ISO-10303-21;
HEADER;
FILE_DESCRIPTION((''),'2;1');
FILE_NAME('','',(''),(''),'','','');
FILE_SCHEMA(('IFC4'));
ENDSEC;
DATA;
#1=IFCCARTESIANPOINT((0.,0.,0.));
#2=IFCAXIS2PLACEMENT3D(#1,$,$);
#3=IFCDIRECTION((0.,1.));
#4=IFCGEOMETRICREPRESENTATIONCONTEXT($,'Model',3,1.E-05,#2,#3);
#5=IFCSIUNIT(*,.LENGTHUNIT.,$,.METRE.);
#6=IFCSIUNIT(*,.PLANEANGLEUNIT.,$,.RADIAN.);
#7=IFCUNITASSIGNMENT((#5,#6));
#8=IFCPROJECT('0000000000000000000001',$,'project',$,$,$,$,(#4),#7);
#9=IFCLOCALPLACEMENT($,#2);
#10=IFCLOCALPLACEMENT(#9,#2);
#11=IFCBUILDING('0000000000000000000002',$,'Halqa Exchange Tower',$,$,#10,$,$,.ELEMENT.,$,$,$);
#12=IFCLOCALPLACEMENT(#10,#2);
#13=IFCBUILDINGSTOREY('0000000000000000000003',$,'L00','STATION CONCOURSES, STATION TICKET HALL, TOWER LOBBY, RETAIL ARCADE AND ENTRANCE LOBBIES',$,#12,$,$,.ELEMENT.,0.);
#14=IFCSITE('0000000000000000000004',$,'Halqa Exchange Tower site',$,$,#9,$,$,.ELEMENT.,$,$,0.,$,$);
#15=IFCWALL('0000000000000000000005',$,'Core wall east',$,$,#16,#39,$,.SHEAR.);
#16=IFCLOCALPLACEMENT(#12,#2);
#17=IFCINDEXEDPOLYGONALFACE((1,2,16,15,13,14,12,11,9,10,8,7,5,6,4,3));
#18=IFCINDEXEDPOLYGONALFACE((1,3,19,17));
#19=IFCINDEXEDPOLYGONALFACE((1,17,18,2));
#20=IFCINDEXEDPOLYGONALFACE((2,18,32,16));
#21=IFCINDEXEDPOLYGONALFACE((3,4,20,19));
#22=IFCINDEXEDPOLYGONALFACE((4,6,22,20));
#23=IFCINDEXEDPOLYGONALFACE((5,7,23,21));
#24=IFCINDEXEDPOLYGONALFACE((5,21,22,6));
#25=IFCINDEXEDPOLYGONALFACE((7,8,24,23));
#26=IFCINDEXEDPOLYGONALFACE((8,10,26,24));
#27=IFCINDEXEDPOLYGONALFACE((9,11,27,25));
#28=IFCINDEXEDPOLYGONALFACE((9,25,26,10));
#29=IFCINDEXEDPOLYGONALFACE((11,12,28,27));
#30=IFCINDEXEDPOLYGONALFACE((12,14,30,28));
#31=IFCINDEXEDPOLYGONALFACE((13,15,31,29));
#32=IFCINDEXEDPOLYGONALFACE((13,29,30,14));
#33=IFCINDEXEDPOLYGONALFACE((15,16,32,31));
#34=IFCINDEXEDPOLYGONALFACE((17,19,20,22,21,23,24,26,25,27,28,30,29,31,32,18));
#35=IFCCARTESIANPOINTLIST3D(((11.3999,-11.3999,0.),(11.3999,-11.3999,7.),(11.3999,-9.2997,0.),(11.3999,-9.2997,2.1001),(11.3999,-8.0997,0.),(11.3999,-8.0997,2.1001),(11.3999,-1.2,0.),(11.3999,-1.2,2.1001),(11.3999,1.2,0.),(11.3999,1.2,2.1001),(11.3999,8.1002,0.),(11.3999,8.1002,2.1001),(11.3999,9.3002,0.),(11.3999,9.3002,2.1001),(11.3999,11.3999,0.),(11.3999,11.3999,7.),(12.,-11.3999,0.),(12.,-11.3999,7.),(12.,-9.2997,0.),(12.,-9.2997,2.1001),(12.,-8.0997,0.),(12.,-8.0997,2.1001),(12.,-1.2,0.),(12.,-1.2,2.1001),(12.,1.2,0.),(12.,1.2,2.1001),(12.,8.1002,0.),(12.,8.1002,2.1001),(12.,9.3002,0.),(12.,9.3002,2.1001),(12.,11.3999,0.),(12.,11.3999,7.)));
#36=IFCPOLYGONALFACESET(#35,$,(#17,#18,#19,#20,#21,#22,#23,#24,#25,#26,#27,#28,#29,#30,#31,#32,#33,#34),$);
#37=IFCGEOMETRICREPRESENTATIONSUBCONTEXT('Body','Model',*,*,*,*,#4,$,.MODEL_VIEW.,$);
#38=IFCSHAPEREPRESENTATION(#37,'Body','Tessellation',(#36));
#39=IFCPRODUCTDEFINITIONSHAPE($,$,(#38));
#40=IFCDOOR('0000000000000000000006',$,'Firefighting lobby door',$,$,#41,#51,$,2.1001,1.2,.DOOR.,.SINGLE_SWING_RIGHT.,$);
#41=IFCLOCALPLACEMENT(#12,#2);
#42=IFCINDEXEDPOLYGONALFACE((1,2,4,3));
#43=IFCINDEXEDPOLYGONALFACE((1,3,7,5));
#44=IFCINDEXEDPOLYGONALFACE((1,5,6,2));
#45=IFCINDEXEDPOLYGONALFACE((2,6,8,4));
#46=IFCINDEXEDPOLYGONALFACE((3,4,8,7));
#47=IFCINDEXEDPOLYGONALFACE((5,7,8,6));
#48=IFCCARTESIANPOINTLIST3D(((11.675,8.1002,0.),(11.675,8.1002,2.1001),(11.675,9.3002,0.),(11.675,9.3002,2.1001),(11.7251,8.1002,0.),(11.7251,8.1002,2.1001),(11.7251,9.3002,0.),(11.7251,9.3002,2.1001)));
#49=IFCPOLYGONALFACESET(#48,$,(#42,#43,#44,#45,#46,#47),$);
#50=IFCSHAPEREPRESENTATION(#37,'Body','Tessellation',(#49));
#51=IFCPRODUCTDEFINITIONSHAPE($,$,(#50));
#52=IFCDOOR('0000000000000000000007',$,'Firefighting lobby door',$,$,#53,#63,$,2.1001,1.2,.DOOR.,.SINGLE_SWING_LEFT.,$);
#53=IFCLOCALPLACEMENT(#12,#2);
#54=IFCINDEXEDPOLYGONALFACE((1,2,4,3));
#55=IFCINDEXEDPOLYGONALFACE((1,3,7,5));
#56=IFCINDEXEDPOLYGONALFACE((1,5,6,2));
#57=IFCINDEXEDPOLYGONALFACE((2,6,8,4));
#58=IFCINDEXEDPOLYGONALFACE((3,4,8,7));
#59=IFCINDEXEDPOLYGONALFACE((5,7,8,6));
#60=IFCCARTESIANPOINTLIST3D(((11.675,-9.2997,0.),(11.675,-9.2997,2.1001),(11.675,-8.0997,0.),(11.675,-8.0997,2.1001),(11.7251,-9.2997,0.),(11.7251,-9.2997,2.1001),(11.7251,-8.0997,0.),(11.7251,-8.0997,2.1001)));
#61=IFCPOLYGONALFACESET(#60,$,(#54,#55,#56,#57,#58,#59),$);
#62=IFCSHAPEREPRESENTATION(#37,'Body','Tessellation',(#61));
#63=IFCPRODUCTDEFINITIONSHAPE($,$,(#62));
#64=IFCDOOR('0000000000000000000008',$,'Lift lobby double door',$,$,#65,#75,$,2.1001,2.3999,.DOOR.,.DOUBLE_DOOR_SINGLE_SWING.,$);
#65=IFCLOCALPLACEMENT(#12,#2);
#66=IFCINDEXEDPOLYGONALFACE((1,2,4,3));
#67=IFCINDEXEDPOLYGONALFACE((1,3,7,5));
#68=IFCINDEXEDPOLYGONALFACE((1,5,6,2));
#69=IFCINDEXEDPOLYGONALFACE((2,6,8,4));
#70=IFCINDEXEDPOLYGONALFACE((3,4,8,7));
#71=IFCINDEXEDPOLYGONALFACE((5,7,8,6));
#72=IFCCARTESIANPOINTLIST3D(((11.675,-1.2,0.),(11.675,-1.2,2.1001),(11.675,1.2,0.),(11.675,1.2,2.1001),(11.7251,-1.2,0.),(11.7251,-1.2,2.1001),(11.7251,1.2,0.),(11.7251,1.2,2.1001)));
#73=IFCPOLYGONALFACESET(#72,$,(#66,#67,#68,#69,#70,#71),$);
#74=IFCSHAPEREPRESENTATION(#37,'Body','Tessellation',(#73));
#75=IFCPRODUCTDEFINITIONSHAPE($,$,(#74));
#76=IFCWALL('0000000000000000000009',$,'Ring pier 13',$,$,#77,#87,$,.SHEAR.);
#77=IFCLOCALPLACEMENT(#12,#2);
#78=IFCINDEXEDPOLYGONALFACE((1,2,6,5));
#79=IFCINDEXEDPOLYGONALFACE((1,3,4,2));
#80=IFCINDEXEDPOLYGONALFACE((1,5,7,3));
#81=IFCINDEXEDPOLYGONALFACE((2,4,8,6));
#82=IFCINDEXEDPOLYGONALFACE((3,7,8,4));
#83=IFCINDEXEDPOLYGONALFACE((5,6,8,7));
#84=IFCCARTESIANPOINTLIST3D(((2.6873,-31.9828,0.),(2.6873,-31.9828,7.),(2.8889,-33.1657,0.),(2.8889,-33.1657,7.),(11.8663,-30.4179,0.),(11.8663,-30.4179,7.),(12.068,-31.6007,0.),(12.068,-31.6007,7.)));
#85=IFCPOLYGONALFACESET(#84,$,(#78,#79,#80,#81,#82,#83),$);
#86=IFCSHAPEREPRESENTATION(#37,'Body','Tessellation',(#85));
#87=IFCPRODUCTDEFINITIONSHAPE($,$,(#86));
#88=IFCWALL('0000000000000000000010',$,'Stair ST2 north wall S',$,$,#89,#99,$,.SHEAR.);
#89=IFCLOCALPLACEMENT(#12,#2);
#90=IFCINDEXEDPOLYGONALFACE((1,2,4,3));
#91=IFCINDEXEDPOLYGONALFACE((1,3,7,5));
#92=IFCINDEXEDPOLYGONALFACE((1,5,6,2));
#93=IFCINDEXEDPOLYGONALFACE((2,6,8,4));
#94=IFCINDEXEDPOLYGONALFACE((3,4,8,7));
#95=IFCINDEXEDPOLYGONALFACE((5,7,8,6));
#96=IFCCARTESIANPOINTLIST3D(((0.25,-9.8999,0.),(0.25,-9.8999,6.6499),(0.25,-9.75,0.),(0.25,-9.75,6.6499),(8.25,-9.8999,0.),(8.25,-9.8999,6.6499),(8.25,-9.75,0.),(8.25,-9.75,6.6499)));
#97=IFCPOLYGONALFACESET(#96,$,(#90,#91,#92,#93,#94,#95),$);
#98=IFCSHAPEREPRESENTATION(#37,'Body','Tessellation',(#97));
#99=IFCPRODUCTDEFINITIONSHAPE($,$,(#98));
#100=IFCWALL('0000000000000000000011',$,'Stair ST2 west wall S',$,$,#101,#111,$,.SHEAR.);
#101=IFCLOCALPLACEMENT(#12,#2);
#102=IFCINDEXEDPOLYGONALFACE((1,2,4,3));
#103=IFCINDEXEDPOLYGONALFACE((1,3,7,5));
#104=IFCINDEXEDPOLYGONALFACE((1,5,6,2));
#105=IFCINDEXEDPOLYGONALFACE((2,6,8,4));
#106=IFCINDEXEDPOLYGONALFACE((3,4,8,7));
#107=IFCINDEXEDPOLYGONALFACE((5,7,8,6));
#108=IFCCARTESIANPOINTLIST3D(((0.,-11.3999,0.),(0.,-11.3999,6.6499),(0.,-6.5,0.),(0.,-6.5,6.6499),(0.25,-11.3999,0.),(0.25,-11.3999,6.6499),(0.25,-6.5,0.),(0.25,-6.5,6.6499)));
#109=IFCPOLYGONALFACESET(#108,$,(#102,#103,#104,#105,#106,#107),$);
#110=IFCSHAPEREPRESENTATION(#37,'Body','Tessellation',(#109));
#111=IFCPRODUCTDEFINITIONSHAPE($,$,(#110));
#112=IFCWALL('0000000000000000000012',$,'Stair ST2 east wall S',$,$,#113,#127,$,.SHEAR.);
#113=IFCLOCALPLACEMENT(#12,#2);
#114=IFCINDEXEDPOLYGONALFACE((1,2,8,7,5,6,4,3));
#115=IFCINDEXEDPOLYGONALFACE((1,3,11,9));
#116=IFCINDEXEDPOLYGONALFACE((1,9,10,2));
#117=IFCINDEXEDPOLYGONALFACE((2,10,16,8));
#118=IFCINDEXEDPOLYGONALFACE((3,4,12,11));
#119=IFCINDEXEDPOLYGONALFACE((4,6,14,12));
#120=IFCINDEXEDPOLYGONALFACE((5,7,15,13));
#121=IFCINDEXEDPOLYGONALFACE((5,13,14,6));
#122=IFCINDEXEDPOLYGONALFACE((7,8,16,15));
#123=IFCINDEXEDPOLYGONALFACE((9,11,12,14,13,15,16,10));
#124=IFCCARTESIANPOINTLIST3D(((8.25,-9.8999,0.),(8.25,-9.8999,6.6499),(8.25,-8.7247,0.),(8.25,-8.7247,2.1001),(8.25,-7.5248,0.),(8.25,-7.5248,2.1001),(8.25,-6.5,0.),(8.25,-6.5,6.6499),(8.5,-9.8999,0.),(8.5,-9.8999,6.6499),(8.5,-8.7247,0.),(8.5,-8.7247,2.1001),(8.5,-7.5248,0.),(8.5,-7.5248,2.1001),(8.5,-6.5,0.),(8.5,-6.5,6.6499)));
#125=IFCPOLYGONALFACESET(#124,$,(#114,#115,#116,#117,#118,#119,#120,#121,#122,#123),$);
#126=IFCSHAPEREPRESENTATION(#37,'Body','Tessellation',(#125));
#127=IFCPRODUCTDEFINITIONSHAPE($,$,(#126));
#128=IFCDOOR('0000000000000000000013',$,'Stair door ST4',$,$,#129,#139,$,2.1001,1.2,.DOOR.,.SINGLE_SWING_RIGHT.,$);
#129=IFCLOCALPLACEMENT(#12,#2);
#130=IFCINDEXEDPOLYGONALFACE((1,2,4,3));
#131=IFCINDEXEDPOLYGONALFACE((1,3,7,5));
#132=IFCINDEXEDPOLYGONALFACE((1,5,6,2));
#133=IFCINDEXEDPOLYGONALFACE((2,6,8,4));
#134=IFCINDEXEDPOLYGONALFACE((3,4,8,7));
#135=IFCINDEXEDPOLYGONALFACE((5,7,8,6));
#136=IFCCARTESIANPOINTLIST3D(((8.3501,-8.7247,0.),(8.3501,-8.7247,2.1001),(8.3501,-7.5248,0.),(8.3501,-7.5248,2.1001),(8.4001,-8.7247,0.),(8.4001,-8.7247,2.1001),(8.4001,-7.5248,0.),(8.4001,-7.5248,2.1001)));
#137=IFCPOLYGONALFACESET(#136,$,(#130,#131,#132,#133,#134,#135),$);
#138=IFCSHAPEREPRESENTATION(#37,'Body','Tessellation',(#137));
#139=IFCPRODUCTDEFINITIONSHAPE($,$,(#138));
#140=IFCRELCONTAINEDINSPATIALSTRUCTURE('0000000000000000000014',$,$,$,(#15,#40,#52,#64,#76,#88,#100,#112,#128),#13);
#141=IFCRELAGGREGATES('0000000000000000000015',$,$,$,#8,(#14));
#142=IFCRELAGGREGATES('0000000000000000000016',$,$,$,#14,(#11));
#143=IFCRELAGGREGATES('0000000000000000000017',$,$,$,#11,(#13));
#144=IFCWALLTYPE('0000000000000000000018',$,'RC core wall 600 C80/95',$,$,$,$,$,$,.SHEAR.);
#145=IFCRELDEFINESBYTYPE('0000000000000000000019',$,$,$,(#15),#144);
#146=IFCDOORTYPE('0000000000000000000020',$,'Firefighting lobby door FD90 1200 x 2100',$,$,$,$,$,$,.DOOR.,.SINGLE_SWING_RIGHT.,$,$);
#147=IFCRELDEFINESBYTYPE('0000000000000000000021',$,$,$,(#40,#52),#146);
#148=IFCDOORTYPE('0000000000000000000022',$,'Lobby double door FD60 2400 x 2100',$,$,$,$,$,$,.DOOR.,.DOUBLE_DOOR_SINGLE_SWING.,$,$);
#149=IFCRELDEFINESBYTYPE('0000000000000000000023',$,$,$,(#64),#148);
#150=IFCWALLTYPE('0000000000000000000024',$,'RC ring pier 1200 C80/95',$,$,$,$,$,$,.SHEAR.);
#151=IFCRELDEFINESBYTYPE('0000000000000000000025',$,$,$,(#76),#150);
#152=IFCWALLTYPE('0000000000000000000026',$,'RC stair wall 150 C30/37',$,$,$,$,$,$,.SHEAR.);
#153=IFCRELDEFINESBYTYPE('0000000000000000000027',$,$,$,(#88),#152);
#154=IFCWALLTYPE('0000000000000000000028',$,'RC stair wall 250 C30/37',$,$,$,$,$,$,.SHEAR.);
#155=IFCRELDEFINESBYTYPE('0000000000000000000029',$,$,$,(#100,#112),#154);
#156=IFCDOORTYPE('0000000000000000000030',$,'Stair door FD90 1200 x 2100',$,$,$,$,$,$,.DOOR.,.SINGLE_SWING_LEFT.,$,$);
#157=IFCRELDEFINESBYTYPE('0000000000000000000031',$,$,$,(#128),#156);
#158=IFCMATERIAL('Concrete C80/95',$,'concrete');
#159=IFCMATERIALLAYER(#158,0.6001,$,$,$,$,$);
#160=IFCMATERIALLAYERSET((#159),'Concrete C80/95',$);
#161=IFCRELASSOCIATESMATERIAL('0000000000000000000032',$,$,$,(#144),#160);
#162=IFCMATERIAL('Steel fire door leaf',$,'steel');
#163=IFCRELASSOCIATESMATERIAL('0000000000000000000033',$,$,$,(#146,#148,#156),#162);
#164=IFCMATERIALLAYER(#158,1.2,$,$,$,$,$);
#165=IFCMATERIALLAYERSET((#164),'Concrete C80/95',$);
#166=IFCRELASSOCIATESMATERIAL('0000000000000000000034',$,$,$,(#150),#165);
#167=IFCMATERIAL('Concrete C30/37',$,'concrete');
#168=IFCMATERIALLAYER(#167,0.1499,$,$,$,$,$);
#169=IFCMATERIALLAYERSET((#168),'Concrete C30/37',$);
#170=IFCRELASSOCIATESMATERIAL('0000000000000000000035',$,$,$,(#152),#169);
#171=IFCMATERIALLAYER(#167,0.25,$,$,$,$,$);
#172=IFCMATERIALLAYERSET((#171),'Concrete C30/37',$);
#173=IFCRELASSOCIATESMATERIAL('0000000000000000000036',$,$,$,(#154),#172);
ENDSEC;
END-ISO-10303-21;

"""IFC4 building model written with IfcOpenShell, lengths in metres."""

from ifc_helpers import new_model, si_unit, direction, frame, frame_2d, origin, place, context, subcontext, project, spatial, rectangle, extrude, material, layer, layer_set, type_object, element, fill, save


model = new_model("IFC4")

# Units and contexts
model_context = context("Model", 3, precision=1e-05, world=origin(), true_north=direction((0.0, 1.0)))
body_context = subcontext(model_context, "Body", "Model", "MODEL_VIEW")
ifc_project = project(units=[si_unit("LENGTHUNIT", "METRE"), si_unit("PLANEANGLEUNIT", "RADIAN")], contexts=[model_context])

# Site, building, storey
site_placement = place(None, origin())
site = spatial("IfcSite", under=ifc_project, at=site_placement, Name="Halqa Exchange Tower site", CompositionType="ELEMENT", RefElevation=0.0)
building_placement = place(site_placement, origin())
building = spatial("IfcBuilding", under=site, at=building_placement, Name="Halqa Exchange Tower", CompositionType="ELEMENT")
storey_placement = place(building_placement, origin())
storey = spatial("IfcBuildingStorey", under=building, at=storey_placement, Name="L00", Description="STATION CONCOURSES, STATION TICKET HALL, TOWER LOBBY, RETAIL ARCADE AND ENTRANCE LOBBIES", CompositionType="ELEMENT", Elevation=0.0)

# Shared definitions
ifc_material_1 = material(Name="Steel fire door leaf", Category="steel")

# Wall, openings, doors
ifc_material_2 = material(Name="Concrete C80/95", Category="concrete")
ifc_layer_1 = layer(ifc_material_2, 0.6001)
ifc_layer_set_1 = layer_set([ifc_layer_1], Name="Concrete C80/95")
wall_type_1 = type_object("IfcWallType", Name="RC core wall 600 C80/95", PredefinedType="SHEAR", material=ifc_layer_set_1)
wall_1_placement = place(storey_placement, frame((11.7, -11.3999, 0.0), z_axis=(0.0, 0.0, 1.0), x_axis=(0.0, 1.0, 0.0)))
wall_1 = element("IfcWall", 1, at=wall_1_placement, inside=storey, type_object=wall_type_1, Name="Core wall east", PredefinedType="SHEAR", context=body_context, shape_type="SweptSolid", body=[
    extrude(rectangle(XDim=22.7998, YDim=0.6001, at=frame_2d((11.3999, 0.0))), origin(), (0.0, 0.0, 1.0), 7.0),
])
opening_1_placement = place(wall_1_placement, frame((10.2, 0.0, 0.0)))
opening_1 = element("IfcOpeningElement", 2, at=opening_1_placement, cuts=wall_1, PredefinedType="OPENING", context=body_context, shape_type="SweptSolid", body=[
    extrude(rectangle(XDim=2.3999, YDim=2.1001, at=frame_2d((1.2, 1.05))), frame((0.0, 0.312, 0.0), z_axis=(0.0, -1.0, 0.0), x_axis=(1.0, 0.0, 0.0)), (0.0, 0.0, 1.0), 0.624),
])
opening_2_placement = place(wall_1_placement, frame((19.5, 0.0, 0.0)))
opening_2 = element("IfcOpeningElement", 3, at=opening_2_placement, cuts=wall_1, PredefinedType="OPENING", context=body_context, shape_type="SweptSolid", body=[
    extrude(rectangle(XDim=1.2, YDim=2.1001, at=frame_2d((0.6001, 1.05))), frame((0.0, 0.312, 0.0), z_axis=(0.0, -1.0, 0.0), x_axis=(1.0, 0.0, 0.0)), (0.0, 0.0, 1.0), 0.624),
])
opening_3_placement = place(wall_1_placement, frame((2.1001, 0.0, 0.0)))
opening_3 = element("IfcOpeningElement", 4, at=opening_3_placement, cuts=wall_1, PredefinedType="OPENING", context=body_context, shape_type="SweptSolid", body=[
    extrude(rectangle(XDim=1.2, YDim=2.1001, at=frame_2d((0.6001, 1.05))), frame((0.0, 0.312, 0.0), z_axis=(0.0, -1.0, 0.0), x_axis=(1.0, 0.0, 0.0)), (0.0, 0.0, 1.0), 0.624),
])
door_type_1 = type_object("IfcDoorType", Name="Firefighting lobby door FD90 1200 x 2100", OperationType="SINGLE_SWING_RIGHT", PredefinedType="DOOR", material=ifc_material_1)
door_1_placement = place(opening_2_placement, origin())
door_1 = element("IfcDoor", 5, at=door_1_placement, inside=storey, type_object=door_type_1, Name="Firefighting lobby door", OperationType="SINGLE_SWING_RIGHT", OverallHeight=2.1001, OverallWidth=1.2, PredefinedType="DOOR", context=body_context, shape_type="SweptSolid", body=[
    extrude(rectangle(XDim=1.2, YDim=2.1001, at=frame_2d((0.6001, 1.05))), frame((0.0, 0.0249, 0.0), z_axis=(0.0, -1.0, 0.0), x_axis=(1.0, 0.0, 0.0)), (0.0, 0.0, 1.0), 0.05),
])
fill(opening_2, door_1)
door_2_placement = place(opening_3_placement, origin())
door_2 = element("IfcDoor", 6, at=door_2_placement, inside=storey, type_object=door_type_1, Name="Firefighting lobby door", OperationType="SINGLE_SWING_LEFT", OverallHeight=2.1001, OverallWidth=1.2, PredefinedType="DOOR", context=body_context, shape_type="SweptSolid", body=[
    extrude(rectangle(XDim=1.2, YDim=2.1001, at=frame_2d((0.6001, 1.05))), frame((0.0, 0.0249, 0.0), z_axis=(0.0, -1.0, 0.0), x_axis=(1.0, 0.0, 0.0)), (0.0, 0.0, 1.0), 0.05),
])
fill(opening_3, door_2)
door_type_2 = type_object("IfcDoorType", Name="Lobby double door FD60 2400 x 2100", OperationType="DOUBLE_DOOR_SINGLE_SWING", PredefinedType="DOOR", material=ifc_material_1)
door_3_placement = place(opening_1_placement, origin())
door_3 = element("IfcDoor", 7, at=door_3_placement, inside=storey, type_object=door_type_2, Name="Lift lobby double door", OperationType="DOUBLE_DOOR_SINGLE_SWING", OverallHeight=2.1001, OverallWidth=2.3999, PredefinedType="DOOR", context=body_context, shape_type="SweptSolid", body=[
    extrude(rectangle(XDim=2.3999, YDim=2.1001, at=frame_2d((1.2, 1.05))), frame((0.0, 0.0249, 0.0), z_axis=(0.0, -1.0, 0.0), x_axis=(1.0, 0.0, 0.0)), (0.0, 0.0, 1.0), 0.05),
])
fill(opening_1, door_3)

# Walls
ifc_layer_2 = layer(ifc_material_2, 1.2)
ifc_layer_set_2 = layer_set([ifc_layer_2], Name="Concrete C80/95")
wall_type_2 = type_object("IfcWallType", Name="RC ring pier 1200 C80/95", PredefinedType="SHEAR", material=ifc_layer_set_2)
wall_2_placement = place(storey_placement, frame((2.7881, -32.5742, 0.0), z_axis=(0.0, 0.0, 1.0), x_axis=(0.985776, 0.168063, 0.0)))
element("IfcWall", 8, at=wall_2_placement, inside=storey, type_object=wall_type_2, Name="Ring pier 13", PredefinedType="SHEAR", context=body_context, shape_type="SweptSolid", body=[
    extrude(rectangle(XDim=9.3115, YDim=1.2, at=frame_2d((4.6558, 0.0))), origin(), (0.0, 0.0, 1.0), 7.0),
])
ifc_material_3 = material(Name="Concrete C30/37", Category="concrete")
ifc_layer_3 = layer(ifc_material_3, 0.1499)
ifc_layer_set_3 = layer_set([ifc_layer_3], Name="Concrete C30/37")
wall_type_3 = type_object("IfcWallType", Name="RC stair wall 150 C30/37", PredefinedType="SHEAR", material=ifc_layer_set_3)
wall_3_placement = place(storey_placement, frame((0.25, -9.825, 0.0), z_axis=(0.0, 0.0, 1.0), x_axis=(1.0, 0.0, 0.0)))
element("IfcWall", 9, at=wall_3_placement, inside=storey, type_object=wall_type_3, Name="Stair ST2 north wall S", PredefinedType="SHEAR", context=body_context, shape_type="SweptSolid", body=[
    extrude(rectangle(XDim=8.0, YDim=0.1499, at=frame_2d((4.0, 0.0))), origin(), (0.0, 0.0, 1.0), 6.6499),
])
ifc_layer_4 = layer(ifc_material_3, 0.25)
ifc_layer_set_4 = layer_set([ifc_layer_4], Name="Concrete C30/37")
wall_type_4 = type_object("IfcWallType", Name="RC stair wall 250 C30/37", PredefinedType="SHEAR", material=ifc_layer_set_4)
wall_4_placement = place(storey_placement, frame((0.125, -11.3999, 0.0), z_axis=(0.0, 0.0, 1.0), x_axis=(0.0, 1.0, 0.0)))
element("IfcWall", 10, at=wall_4_placement, inside=storey, type_object=wall_type_4, Name="Stair ST2 west wall S", PredefinedType="SHEAR", context=body_context, shape_type="SweptSolid", body=[
    extrude(rectangle(XDim=4.8999, YDim=0.25, at=frame_2d((2.45, 0.0))), origin(), (0.0, 0.0, 1.0), 6.6499),
])

# Wall, opening, door
wall_5_placement = place(storey_placement, frame((8.375, -9.8999, 0.0), z_axis=(0.0, 0.0, 1.0), x_axis=(0.0, 1.0, 0.0)))
wall_5 = element("IfcWall", 11, at=wall_5_placement, inside=storey, type_object=wall_type_4, Name="Stair ST2 east wall S", PredefinedType="SHEAR", context=body_context, shape_type="SweptSolid", body=[
    extrude(rectangle(XDim=3.3999, YDim=0.25, at=frame_2d((1.7, 0.0))), origin(), (0.0, 0.0, 1.0), 6.6499),
])
opening_4_placement = place(wall_5_placement, frame((1.175, 0.0, 0.0)))
opening_4 = element("IfcOpeningElement", 12, at=opening_4_placement, cuts=wall_5, PredefinedType="OPENING", context=body_context, shape_type="SweptSolid", body=[
    extrude(rectangle(XDim=1.2, YDim=2.1001, at=frame_2d((0.6001, 1.05))), frame((0.0, 0.137, 0.0), z_axis=(0.0, -1.0, 0.0), x_axis=(1.0, 0.0, 0.0)), (0.0, 0.0, 1.0), 0.2739),
])
door_type_3 = type_object("IfcDoorType", Name="Stair door FD90 1200 x 2100", OperationType="SINGLE_SWING_LEFT", PredefinedType="DOOR", material=ifc_material_1)
door_4_placement = place(opening_4_placement, origin())
door_4 = element("IfcDoor", 13, at=door_4_placement, inside=storey, type_object=door_type_3, Name="Stair door ST4", OperationType="SINGLE_SWING_RIGHT", OverallHeight=2.1001, OverallWidth=1.2, PredefinedType="DOOR", context=body_context, shape_type="SweptSolid", body=[
    extrude(rectangle(XDim=1.2, YDim=2.1001, at=frame_2d((0.6001, 1.05))), frame((0.0, 0.0249, 0.0), z_axis=(0.0, -1.0, 0.0), x_axis=(1.0, 0.0, 0.0)), (0.0, 0.0, 1.0), 0.05),
])
fill(opening_4, door_4)

save(model, "model.ifc")
